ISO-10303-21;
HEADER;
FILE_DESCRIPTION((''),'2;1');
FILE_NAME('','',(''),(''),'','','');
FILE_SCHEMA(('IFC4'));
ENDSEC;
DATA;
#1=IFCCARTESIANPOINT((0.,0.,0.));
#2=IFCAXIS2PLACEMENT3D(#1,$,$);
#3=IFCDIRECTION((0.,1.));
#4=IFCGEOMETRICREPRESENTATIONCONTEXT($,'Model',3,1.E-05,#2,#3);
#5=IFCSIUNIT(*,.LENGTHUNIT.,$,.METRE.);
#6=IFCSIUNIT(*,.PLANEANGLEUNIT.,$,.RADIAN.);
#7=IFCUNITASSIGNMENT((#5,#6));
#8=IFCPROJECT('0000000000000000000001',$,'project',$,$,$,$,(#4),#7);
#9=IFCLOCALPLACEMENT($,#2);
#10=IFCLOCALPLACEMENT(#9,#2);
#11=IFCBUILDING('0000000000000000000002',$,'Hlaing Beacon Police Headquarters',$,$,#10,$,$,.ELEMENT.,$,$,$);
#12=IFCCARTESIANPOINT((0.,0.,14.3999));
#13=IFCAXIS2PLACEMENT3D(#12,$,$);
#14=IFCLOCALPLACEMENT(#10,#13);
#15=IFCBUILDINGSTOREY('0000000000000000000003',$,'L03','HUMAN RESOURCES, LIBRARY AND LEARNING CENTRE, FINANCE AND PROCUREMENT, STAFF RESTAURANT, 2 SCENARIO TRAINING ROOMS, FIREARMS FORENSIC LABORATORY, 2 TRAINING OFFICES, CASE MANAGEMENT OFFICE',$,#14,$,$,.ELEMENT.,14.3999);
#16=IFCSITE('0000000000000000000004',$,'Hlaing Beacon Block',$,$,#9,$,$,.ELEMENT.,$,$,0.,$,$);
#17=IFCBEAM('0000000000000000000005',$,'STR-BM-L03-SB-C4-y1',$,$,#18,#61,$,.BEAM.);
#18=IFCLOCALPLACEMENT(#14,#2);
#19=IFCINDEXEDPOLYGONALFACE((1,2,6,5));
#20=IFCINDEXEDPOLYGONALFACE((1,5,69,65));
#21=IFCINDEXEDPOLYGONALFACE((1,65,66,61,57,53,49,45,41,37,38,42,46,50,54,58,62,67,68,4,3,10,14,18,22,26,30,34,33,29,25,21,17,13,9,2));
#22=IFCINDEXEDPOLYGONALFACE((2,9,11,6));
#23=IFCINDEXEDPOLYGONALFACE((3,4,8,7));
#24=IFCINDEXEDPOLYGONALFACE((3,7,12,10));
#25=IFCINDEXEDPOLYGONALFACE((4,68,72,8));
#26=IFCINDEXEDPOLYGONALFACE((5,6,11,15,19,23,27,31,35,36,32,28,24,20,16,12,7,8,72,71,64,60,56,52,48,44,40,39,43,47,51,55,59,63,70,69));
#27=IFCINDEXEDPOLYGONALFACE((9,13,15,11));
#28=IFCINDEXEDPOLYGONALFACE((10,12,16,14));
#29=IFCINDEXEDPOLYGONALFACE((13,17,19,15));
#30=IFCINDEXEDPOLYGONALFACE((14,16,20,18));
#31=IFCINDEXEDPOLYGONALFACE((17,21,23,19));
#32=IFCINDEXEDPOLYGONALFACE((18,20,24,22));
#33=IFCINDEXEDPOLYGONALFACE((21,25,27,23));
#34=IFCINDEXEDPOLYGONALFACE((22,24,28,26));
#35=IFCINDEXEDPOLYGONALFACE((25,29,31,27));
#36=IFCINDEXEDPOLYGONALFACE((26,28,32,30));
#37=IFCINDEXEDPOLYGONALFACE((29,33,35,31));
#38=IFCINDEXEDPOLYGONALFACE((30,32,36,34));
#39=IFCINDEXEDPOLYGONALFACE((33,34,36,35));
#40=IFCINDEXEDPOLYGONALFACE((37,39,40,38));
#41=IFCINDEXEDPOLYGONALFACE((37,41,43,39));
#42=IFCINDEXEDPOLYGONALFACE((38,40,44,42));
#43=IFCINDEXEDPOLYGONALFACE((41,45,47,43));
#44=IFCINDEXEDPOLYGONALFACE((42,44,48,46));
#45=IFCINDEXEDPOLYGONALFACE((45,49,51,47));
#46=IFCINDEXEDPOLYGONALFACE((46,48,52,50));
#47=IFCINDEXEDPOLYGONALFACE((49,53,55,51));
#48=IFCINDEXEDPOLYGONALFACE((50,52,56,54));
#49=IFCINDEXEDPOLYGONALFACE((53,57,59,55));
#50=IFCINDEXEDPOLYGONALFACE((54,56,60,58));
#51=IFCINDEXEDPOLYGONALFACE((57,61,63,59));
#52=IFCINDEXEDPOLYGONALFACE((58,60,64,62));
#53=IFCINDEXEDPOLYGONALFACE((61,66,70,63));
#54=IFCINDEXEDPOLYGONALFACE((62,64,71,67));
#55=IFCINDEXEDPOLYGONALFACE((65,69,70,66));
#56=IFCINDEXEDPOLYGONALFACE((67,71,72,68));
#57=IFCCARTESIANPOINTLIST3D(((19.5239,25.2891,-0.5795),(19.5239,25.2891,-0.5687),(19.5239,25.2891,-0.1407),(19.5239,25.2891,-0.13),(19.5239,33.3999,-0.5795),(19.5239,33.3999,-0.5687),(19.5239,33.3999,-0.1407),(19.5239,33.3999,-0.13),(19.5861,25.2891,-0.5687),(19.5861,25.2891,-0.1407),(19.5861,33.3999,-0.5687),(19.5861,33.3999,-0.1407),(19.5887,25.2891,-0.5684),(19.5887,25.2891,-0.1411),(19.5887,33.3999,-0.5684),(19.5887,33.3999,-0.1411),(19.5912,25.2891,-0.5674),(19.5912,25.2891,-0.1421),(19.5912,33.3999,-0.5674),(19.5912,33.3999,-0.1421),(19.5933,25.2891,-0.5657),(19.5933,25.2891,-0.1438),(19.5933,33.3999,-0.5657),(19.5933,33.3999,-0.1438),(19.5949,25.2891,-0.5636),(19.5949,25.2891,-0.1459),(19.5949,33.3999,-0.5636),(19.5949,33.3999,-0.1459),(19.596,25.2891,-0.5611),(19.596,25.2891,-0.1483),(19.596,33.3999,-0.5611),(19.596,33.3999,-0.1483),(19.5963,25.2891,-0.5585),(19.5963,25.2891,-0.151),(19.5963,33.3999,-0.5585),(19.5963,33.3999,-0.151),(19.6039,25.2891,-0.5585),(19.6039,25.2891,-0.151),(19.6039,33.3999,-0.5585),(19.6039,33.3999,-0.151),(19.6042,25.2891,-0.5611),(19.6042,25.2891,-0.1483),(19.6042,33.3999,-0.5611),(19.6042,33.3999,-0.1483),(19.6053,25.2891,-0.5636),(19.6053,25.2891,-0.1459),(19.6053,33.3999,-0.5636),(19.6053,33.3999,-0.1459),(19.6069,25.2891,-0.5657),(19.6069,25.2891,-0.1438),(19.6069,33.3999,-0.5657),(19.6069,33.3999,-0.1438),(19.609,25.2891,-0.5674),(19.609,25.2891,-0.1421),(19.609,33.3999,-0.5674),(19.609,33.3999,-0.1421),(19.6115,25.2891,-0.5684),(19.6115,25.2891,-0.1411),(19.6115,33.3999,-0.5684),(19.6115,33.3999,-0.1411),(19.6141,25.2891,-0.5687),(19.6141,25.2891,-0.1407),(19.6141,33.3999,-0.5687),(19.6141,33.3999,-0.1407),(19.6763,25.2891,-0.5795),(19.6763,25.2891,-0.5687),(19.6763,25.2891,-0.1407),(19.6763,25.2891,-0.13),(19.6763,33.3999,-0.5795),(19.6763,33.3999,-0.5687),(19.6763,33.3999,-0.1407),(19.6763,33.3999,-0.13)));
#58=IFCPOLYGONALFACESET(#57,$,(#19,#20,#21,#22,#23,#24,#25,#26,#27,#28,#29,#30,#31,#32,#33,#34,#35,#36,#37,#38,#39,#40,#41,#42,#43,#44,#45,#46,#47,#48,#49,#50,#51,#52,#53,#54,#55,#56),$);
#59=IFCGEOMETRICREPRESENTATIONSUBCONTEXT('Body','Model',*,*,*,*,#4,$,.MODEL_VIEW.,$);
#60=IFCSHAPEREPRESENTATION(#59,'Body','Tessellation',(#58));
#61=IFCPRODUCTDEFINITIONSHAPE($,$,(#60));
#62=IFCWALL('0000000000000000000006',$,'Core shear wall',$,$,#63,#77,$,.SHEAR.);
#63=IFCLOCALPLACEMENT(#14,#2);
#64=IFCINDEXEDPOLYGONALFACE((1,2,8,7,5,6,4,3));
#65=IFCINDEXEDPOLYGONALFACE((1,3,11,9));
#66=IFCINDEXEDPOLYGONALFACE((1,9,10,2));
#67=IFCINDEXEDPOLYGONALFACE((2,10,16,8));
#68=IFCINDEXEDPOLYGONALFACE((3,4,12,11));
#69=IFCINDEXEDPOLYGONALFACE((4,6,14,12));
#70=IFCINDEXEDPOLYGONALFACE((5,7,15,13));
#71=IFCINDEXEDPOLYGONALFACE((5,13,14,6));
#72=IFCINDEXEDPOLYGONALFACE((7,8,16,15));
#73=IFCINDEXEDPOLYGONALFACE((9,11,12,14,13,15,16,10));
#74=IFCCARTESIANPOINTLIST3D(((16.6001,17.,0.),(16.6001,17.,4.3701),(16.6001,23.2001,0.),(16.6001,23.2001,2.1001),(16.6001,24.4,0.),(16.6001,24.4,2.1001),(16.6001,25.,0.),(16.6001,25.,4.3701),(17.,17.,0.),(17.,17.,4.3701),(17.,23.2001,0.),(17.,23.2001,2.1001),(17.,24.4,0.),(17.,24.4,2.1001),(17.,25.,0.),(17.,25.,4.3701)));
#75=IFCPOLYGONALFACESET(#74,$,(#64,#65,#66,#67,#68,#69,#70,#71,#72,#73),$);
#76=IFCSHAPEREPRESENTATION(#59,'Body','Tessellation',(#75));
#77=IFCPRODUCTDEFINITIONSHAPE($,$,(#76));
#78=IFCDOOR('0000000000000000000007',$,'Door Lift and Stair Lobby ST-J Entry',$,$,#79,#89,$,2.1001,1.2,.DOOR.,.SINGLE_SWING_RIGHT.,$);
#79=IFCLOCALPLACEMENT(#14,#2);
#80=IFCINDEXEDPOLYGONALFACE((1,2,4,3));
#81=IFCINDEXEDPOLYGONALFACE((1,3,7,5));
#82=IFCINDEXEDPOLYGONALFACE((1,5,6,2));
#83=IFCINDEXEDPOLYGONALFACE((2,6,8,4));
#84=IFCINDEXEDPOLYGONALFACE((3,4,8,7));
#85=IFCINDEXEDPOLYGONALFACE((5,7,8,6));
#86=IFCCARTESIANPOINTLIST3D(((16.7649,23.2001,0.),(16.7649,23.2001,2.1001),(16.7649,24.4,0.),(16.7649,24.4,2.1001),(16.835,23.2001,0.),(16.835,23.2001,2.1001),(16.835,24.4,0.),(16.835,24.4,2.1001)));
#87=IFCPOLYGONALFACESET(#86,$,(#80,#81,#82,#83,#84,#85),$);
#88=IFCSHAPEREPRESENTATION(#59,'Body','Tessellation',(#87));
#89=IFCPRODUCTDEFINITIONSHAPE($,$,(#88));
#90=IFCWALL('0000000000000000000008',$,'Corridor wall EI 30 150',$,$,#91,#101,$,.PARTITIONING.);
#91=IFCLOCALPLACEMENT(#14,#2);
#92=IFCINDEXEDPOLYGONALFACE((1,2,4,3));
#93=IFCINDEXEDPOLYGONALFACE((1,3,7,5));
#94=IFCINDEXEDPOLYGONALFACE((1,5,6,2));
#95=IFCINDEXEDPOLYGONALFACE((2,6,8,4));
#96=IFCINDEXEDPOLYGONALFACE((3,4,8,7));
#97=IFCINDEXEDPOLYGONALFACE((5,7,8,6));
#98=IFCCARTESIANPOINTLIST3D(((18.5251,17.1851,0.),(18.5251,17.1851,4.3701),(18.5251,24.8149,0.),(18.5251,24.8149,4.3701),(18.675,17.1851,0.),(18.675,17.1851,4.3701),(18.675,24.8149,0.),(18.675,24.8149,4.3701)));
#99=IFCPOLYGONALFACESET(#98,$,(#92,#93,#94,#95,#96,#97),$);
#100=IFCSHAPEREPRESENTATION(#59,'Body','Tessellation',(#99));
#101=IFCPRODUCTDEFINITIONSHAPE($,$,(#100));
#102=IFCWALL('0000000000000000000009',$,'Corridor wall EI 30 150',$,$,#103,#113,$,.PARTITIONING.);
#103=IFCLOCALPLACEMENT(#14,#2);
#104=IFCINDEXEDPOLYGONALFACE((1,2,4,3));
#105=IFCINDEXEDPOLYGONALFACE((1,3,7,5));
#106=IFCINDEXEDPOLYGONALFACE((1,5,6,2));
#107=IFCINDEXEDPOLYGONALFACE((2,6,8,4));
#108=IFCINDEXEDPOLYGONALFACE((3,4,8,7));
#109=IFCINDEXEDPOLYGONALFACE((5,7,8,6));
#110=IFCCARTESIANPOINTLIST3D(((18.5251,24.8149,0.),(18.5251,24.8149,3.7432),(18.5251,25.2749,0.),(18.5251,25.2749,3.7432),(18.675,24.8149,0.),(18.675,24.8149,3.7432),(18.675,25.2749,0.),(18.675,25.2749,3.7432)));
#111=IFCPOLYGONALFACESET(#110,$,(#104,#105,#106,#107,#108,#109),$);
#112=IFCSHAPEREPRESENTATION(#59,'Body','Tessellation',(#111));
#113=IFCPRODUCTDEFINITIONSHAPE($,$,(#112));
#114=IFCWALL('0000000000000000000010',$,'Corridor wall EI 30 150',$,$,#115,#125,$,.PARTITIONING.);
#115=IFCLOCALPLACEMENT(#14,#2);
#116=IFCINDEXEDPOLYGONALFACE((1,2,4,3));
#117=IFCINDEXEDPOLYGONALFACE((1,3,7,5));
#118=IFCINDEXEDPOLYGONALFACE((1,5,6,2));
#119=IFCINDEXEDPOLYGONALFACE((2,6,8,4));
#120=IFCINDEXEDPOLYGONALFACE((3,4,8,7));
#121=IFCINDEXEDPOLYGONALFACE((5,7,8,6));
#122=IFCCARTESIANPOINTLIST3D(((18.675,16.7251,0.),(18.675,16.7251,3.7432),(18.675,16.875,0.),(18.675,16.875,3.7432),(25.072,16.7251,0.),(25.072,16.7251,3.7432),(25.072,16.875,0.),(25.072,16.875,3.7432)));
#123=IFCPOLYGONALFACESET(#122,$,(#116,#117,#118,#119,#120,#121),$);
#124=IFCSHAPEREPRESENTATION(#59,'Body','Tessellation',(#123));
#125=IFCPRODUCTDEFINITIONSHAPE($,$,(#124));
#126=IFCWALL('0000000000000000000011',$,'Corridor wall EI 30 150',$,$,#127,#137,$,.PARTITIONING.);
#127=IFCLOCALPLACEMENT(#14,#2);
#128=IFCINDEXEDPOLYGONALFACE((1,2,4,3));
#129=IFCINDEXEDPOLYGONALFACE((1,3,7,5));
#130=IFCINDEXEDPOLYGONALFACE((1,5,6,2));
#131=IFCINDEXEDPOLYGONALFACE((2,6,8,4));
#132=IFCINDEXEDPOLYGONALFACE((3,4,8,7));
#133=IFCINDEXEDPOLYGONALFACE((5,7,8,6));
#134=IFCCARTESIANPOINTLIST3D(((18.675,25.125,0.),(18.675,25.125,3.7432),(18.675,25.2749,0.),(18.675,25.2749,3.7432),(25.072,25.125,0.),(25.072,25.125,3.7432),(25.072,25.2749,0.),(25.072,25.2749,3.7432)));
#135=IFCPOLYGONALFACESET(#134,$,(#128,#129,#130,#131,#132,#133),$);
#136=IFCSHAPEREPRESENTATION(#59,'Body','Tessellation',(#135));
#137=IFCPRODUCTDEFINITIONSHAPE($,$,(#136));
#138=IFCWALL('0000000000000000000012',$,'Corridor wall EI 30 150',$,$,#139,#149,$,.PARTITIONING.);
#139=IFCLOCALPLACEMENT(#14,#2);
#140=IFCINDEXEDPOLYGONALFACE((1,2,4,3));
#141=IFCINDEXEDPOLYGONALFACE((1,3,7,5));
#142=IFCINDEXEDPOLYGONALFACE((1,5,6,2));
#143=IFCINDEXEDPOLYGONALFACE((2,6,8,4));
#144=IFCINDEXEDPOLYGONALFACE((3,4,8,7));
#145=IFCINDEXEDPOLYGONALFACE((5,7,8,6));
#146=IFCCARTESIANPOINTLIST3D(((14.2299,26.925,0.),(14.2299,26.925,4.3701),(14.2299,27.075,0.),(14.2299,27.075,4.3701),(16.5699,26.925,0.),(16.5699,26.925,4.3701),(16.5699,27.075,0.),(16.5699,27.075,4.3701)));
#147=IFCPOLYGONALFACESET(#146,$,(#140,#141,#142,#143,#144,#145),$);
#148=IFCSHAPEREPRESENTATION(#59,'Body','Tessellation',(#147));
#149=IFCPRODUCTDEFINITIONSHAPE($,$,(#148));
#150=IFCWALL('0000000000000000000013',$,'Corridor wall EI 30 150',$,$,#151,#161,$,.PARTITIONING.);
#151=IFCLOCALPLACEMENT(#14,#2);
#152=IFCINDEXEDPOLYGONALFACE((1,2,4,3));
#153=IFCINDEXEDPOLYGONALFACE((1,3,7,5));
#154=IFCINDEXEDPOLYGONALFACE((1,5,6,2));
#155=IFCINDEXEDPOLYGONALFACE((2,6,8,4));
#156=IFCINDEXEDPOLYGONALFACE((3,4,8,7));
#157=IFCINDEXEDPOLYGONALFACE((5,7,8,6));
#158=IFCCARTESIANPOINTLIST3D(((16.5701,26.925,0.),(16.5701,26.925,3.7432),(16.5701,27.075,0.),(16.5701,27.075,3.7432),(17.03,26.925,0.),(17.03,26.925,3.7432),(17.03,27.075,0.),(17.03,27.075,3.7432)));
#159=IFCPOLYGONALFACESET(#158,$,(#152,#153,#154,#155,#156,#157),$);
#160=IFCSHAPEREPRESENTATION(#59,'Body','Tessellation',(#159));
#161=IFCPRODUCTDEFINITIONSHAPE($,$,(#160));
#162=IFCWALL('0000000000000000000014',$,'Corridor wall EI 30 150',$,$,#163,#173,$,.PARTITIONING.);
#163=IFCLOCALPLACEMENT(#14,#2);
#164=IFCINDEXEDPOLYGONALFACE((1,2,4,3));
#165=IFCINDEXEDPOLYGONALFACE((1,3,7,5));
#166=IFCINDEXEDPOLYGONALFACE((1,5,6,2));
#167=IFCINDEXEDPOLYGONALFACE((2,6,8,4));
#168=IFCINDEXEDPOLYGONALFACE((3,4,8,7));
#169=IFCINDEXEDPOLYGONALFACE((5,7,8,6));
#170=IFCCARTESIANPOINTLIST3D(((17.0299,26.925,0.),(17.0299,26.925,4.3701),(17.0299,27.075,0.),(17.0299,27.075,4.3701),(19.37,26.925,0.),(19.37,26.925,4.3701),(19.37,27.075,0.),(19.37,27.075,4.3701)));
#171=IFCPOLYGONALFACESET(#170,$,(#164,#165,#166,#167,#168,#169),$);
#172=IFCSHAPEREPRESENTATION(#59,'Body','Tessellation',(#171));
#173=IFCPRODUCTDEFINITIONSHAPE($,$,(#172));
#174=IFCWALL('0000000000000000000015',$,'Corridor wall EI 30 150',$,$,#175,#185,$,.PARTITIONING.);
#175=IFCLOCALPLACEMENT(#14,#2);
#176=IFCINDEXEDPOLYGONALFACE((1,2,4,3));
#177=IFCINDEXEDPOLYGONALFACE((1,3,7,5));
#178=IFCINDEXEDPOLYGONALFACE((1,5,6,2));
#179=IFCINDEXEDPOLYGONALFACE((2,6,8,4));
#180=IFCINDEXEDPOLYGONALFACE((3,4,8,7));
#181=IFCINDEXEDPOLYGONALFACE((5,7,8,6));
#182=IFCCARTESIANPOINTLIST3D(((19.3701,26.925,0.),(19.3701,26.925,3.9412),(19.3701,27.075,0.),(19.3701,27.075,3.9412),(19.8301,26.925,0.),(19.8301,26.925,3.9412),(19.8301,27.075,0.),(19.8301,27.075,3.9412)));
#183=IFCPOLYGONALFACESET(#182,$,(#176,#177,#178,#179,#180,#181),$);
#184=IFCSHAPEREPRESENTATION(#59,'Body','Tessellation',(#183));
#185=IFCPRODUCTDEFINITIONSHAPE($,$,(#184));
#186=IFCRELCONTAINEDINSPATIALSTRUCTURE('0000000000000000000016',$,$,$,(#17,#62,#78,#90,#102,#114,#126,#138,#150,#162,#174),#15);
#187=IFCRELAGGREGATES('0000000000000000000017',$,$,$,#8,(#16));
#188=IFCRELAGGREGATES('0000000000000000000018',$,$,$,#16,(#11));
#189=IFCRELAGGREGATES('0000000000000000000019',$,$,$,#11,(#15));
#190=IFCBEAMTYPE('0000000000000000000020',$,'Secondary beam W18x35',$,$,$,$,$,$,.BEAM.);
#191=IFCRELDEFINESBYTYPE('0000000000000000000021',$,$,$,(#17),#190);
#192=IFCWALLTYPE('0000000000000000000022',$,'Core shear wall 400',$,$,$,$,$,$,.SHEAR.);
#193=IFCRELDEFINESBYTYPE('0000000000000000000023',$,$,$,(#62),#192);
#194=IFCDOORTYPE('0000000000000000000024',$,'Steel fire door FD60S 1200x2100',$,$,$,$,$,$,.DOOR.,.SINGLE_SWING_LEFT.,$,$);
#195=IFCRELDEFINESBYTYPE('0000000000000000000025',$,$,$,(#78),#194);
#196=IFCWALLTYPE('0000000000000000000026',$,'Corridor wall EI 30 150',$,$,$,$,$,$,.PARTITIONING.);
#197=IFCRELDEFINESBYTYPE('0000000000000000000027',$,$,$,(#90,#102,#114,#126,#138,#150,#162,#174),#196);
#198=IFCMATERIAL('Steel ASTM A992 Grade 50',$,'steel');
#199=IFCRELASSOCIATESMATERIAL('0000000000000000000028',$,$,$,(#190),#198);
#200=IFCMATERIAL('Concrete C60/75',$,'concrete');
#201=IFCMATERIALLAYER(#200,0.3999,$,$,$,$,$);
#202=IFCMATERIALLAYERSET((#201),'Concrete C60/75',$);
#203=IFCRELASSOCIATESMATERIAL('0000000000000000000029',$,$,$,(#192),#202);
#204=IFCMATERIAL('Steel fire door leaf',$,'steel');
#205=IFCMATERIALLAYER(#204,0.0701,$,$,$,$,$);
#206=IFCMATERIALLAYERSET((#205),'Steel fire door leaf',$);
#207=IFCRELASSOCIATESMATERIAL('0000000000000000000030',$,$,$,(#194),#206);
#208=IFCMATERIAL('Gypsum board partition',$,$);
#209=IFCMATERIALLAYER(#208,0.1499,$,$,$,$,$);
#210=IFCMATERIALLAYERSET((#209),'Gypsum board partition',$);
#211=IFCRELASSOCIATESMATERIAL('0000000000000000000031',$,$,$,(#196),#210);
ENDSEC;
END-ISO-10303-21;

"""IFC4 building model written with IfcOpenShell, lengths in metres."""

from ifc_helpers import new_model, si_unit, direction, frame, frame_2d, origin, origin_2d, place, context, subcontext, project, spatial, rectangle, i_section, extrude, material, layer, layer_set, material_profile, profile_set, type_object, element, fill, save


model = new_model("IFC4")

# Units and contexts
model_context = context("Model", 3, precision=1e-05, world=origin(), true_north=direction((0.0, 1.0)))
body_context = subcontext(model_context, "Body", "Model", "MODEL_VIEW")
ifc_project = project(units=[si_unit("LENGTHUNIT", "METRE"), si_unit("PLANEANGLEUNIT", "RADIAN")], contexts=[model_context])

# Site, building, storey
site_placement = place(None, origin())
site = spatial("IfcSite", under=ifc_project, at=site_placement, Name="Hlaing Beacon Block", CompositionType="ELEMENT", RefElevation=0.0)
building_placement = place(site_placement, origin())
building = spatial("IfcBuilding", under=site, at=building_placement, Name="Hlaing Beacon Police Headquarters", CompositionType="ELEMENT")
storey_placement = place(building_placement, frame((0.0, 0.0, 14.3999)))
storey = spatial("IfcBuildingStorey", under=building, at=storey_placement, Name="L03", Description="HUMAN RESOURCES, LIBRARY AND LEARNING CENTRE, FINANCE AND PROCUREMENT, STAFF RESTAURANT, 2 SCENARIO TRAINING ROOMS, FIREARMS FORENSIC LABORATORY, 2 TRAINING OFFICES, CASE MANAGEMENT OFFICE", CompositionType="ELEMENT", Elevation=14.3999)

# Beam
ifc_material_1 = material(Name="Steel ASTM A992 Grade 50", Category="steel")
ifc_material_profile_1 = material_profile(ifc_material_1, i_section(OverallWidth=0.1523, OverallDepth=0.4495, WebThickness=0.0076, FlangeThickness=0.0107, FilletRadius=0.0103, at=origin_2d()), Name="W18x35")
ifc_profile_set_1 = profile_set([ifc_material_profile_1], Name="Steel ASTM A992 Grade 50")
beam_type_1 = type_object("IfcBeamType", Name="Secondary beam W18x35", PredefinedType="BEAM", material=ifc_profile_set_1)
beam_1_placement = place(storey_placement, frame((19.6001, 25.2891, -0.3547), z_axis=(0.0, 1.0, 0.0), x_axis=(-1.0, 0.0, 0.0)))
element("IfcBeam", 1, at=beam_1_placement, inside=storey, type_object=beam_type_1, Name="STR-BM-L03-SB-C4-y1", PredefinedType="BEAM", context=body_context, shape_type="SweptSolid", body=[
    extrude(i_section(OverallWidth=0.1523, OverallDepth=0.4495, WebThickness=0.0076, FlangeThickness=0.0107, FilletRadius=0.0103, at=origin_2d()), origin(), (0.0, 0.0, 1.0), 8.1108),
])

# Wall, opening, door
ifc_material_2 = material(Name="Concrete C60/75", Category="concrete")
ifc_layer_1 = layer(ifc_material_2, 0.3999)
ifc_layer_set_1 = layer_set([ifc_layer_1], Name="Concrete C60/75")
wall_type_1 = type_object("IfcWallType", Name="Core shear wall 400", PredefinedType="SHEAR", material=ifc_layer_set_1)
wall_1_placement = place(storey_placement, frame((16.8, 17.0, 0.0), z_axis=(0.0, 0.0, 1.0), x_axis=(0.0, 1.0, 0.0)))
wall_1 = element("IfcWall", 2, at=wall_1_placement, inside=storey, type_object=wall_type_1, Name="Core shear wall", PredefinedType="SHEAR", context=body_context, shape_type="SweptSolid", body=[
    extrude(rectangle(XDim=8.0, YDim=0.3999, at=frame_2d((4.0, 0.0))), origin(), (0.0, 0.0, 1.0), 4.3701),
])
opening_placement = place(wall_1_placement, frame((6.2, 0.0, 0.0)))
opening = element("IfcOpeningElement", 3, at=opening_placement, cuts=wall_1, PredefinedType="OPENING", context=body_context, shape_type="SweptSolid", body=[
    extrude(rectangle(XDim=1.2, YDim=2.1001, at=frame_2d((0.6001, 1.05))), frame((0.0, 0.21, 0.0), z_axis=(0.0, -1.0, 0.0), x_axis=(1.0, 0.0, 0.0)), (0.0, 0.0, 1.0), 0.4199),
])
ifc_material_3 = material(Name="Steel fire door leaf", Category="steel")
ifc_layer_2 = layer(ifc_material_3, 0.0701)
ifc_layer_set_2 = layer_set([ifc_layer_2], Name="Steel fire door leaf")
door_type = type_object("IfcDoorType", Name="Steel fire door FD60S 1200x2100", OperationType="SINGLE_SWING_LEFT", PredefinedType="DOOR", material=ifc_layer_set_2)
door_placement = place(opening_placement, origin())
door = element("IfcDoor", 4, at=door_placement, inside=storey, type_object=door_type, Name="Door Lift and Stair Lobby ST-J Entry", OperationType="SINGLE_SWING_RIGHT", OverallHeight=2.1001, OverallWidth=1.2, PredefinedType="DOOR", context=body_context, shape_type="SweptSolid", body=[
    extrude(rectangle(XDim=1.2, YDim=2.1001, at=frame_2d((0.6001, 1.05))), frame((0.0, 0.0352, 0.0), z_axis=(0.0, -1.0, 0.0), x_axis=(1.0, 0.0, 0.0)), (0.0, 0.0, 1.0), 0.0701),
])
fill(opening, door)

# Walls
ifc_material_4 = material(Name="Gypsum board partition")
ifc_layer_3 = layer(ifc_material_4, 0.1499)
ifc_layer_set_3 = layer_set([ifc_layer_3], Name="Gypsum board partition")
wall_type_2 = type_object("IfcWallType", Name="Corridor wall EI 30 150", PredefinedType="PARTITIONING", material=ifc_layer_set_3)
wall_2_placement = place(storey_placement, frame((18.6001, 17.1851, 0.0), z_axis=(0.0, 0.0, 1.0), x_axis=(0.0, 1.0, 0.0)))
element("IfcWall", 5, at=wall_2_placement, inside=storey, type_object=wall_type_2, Name="Corridor wall EI 30 150", PredefinedType="PARTITIONING", context=body_context, shape_type="SweptSolid", body=[
    extrude(rectangle(XDim=7.6299, YDim=0.1499, at=frame_2d((3.8149, 0.0))), origin(), (0.0, 0.0, 1.0), 4.3701),
])
wall_3_placement = place(storey_placement, frame((18.6001, 24.8149, 0.0), z_axis=(0.0, 0.0, 1.0), x_axis=(0.0, 1.0, 0.0)))
element("IfcWall", 6, at=wall_3_placement, inside=storey, type_object=wall_type_2, Name="Corridor wall EI 30 150", PredefinedType="PARTITIONING", context=body_context, shape_type="SweptSolid", body=[
    extrude(rectangle(XDim=0.46, YDim=0.1499, at=frame_2d((0.23, 0.0))), origin(), (0.0, 0.0, 1.0), 3.7432),
])
for number, where, z_axis, x_axis, name in (
    (7, (18.675, 16.8, 0.0), (0.0, 0.0, 1.0), (1.0, 0.0, 0.0), "Corridor wall EI 30 150"),
    (8, (18.675, 25.2, 0.0), (0.0, 0.0, 1.0), (1.0, 0.0, 0.0), "Corridor wall EI 30 150"),
):
    element("IfcWall", number, at=place(storey_placement, frame(where, z_axis=z_axis, x_axis=x_axis)), inside=storey, type_object=wall_type_2, Name=name, PredefinedType="PARTITIONING", context=body_context, shape_type="SweptSolid", body=[
        extrude(rectangle(XDim=6.397, YDim=0.1499, at=frame_2d((3.1985, 0.0))), origin(), (0.0, 0.0, 1.0), 3.7432),
    ])
wall_4_placement = place(storey_placement, frame((14.23, 27.0, 0.0), z_axis=(0.0, 0.0, 1.0), x_axis=(1.0, 0.0, 0.0)))
element("IfcWall", 9, at=wall_4_placement, inside=storey, type_object=wall_type_2, Name="Corridor wall EI 30 150", PredefinedType="PARTITIONING", context=body_context, shape_type="SweptSolid", body=[
    extrude(rectangle(XDim=2.3401, YDim=0.1499, at=frame_2d((1.1699, 0.0))), origin(), (0.0, 0.0, 1.0), 4.3701),
])
wall_5_placement = place(storey_placement, frame((16.5701, 27.0, 0.0), z_axis=(0.0, 0.0, 1.0), x_axis=(1.0, 0.0, 0.0)))
element("IfcWall", 10, at=wall_5_placement, inside=storey, type_object=wall_type_2, Name="Corridor wall EI 30 150", PredefinedType="PARTITIONING", context=body_context, shape_type="SweptSolid", body=[
    extrude(rectangle(XDim=0.46, YDim=0.1499, at=frame_2d((0.23, 0.0))), origin(), (0.0, 0.0, 1.0), 3.7432),
])
wall_6_placement = place(storey_placement, frame((17.03, 27.0, 0.0), z_axis=(0.0, 0.0, 1.0), x_axis=(1.0, 0.0, 0.0)))
element("IfcWall", 11, at=wall_6_placement, inside=storey, type_object=wall_type_2, Name="Corridor wall EI 30 150", PredefinedType="PARTITIONING", context=body_context, shape_type="SweptSolid", body=[
    extrude(rectangle(XDim=2.3401, YDim=0.1499, at=frame_2d((1.1699, 0.0))), origin(), (0.0, 0.0, 1.0), 4.3701),
])
wall_7_placement = place(storey_placement, frame((19.3701, 27.0, 0.0), z_axis=(0.0, 0.0, 1.0), x_axis=(1.0, 0.0, 0.0)))
element("IfcWall", 12, at=wall_7_placement, inside=storey, type_object=wall_type_2, Name="Corridor wall EI 30 150", PredefinedType="PARTITIONING", context=body_context, shape_type="SweptSolid", body=[
    extrude(rectangle(XDim=0.46, YDim=0.1499, at=frame_2d((0.23, 0.0))), origin(), (0.0, 0.0, 1.0), 3.9412),
])

save(model, "model.ifc")
